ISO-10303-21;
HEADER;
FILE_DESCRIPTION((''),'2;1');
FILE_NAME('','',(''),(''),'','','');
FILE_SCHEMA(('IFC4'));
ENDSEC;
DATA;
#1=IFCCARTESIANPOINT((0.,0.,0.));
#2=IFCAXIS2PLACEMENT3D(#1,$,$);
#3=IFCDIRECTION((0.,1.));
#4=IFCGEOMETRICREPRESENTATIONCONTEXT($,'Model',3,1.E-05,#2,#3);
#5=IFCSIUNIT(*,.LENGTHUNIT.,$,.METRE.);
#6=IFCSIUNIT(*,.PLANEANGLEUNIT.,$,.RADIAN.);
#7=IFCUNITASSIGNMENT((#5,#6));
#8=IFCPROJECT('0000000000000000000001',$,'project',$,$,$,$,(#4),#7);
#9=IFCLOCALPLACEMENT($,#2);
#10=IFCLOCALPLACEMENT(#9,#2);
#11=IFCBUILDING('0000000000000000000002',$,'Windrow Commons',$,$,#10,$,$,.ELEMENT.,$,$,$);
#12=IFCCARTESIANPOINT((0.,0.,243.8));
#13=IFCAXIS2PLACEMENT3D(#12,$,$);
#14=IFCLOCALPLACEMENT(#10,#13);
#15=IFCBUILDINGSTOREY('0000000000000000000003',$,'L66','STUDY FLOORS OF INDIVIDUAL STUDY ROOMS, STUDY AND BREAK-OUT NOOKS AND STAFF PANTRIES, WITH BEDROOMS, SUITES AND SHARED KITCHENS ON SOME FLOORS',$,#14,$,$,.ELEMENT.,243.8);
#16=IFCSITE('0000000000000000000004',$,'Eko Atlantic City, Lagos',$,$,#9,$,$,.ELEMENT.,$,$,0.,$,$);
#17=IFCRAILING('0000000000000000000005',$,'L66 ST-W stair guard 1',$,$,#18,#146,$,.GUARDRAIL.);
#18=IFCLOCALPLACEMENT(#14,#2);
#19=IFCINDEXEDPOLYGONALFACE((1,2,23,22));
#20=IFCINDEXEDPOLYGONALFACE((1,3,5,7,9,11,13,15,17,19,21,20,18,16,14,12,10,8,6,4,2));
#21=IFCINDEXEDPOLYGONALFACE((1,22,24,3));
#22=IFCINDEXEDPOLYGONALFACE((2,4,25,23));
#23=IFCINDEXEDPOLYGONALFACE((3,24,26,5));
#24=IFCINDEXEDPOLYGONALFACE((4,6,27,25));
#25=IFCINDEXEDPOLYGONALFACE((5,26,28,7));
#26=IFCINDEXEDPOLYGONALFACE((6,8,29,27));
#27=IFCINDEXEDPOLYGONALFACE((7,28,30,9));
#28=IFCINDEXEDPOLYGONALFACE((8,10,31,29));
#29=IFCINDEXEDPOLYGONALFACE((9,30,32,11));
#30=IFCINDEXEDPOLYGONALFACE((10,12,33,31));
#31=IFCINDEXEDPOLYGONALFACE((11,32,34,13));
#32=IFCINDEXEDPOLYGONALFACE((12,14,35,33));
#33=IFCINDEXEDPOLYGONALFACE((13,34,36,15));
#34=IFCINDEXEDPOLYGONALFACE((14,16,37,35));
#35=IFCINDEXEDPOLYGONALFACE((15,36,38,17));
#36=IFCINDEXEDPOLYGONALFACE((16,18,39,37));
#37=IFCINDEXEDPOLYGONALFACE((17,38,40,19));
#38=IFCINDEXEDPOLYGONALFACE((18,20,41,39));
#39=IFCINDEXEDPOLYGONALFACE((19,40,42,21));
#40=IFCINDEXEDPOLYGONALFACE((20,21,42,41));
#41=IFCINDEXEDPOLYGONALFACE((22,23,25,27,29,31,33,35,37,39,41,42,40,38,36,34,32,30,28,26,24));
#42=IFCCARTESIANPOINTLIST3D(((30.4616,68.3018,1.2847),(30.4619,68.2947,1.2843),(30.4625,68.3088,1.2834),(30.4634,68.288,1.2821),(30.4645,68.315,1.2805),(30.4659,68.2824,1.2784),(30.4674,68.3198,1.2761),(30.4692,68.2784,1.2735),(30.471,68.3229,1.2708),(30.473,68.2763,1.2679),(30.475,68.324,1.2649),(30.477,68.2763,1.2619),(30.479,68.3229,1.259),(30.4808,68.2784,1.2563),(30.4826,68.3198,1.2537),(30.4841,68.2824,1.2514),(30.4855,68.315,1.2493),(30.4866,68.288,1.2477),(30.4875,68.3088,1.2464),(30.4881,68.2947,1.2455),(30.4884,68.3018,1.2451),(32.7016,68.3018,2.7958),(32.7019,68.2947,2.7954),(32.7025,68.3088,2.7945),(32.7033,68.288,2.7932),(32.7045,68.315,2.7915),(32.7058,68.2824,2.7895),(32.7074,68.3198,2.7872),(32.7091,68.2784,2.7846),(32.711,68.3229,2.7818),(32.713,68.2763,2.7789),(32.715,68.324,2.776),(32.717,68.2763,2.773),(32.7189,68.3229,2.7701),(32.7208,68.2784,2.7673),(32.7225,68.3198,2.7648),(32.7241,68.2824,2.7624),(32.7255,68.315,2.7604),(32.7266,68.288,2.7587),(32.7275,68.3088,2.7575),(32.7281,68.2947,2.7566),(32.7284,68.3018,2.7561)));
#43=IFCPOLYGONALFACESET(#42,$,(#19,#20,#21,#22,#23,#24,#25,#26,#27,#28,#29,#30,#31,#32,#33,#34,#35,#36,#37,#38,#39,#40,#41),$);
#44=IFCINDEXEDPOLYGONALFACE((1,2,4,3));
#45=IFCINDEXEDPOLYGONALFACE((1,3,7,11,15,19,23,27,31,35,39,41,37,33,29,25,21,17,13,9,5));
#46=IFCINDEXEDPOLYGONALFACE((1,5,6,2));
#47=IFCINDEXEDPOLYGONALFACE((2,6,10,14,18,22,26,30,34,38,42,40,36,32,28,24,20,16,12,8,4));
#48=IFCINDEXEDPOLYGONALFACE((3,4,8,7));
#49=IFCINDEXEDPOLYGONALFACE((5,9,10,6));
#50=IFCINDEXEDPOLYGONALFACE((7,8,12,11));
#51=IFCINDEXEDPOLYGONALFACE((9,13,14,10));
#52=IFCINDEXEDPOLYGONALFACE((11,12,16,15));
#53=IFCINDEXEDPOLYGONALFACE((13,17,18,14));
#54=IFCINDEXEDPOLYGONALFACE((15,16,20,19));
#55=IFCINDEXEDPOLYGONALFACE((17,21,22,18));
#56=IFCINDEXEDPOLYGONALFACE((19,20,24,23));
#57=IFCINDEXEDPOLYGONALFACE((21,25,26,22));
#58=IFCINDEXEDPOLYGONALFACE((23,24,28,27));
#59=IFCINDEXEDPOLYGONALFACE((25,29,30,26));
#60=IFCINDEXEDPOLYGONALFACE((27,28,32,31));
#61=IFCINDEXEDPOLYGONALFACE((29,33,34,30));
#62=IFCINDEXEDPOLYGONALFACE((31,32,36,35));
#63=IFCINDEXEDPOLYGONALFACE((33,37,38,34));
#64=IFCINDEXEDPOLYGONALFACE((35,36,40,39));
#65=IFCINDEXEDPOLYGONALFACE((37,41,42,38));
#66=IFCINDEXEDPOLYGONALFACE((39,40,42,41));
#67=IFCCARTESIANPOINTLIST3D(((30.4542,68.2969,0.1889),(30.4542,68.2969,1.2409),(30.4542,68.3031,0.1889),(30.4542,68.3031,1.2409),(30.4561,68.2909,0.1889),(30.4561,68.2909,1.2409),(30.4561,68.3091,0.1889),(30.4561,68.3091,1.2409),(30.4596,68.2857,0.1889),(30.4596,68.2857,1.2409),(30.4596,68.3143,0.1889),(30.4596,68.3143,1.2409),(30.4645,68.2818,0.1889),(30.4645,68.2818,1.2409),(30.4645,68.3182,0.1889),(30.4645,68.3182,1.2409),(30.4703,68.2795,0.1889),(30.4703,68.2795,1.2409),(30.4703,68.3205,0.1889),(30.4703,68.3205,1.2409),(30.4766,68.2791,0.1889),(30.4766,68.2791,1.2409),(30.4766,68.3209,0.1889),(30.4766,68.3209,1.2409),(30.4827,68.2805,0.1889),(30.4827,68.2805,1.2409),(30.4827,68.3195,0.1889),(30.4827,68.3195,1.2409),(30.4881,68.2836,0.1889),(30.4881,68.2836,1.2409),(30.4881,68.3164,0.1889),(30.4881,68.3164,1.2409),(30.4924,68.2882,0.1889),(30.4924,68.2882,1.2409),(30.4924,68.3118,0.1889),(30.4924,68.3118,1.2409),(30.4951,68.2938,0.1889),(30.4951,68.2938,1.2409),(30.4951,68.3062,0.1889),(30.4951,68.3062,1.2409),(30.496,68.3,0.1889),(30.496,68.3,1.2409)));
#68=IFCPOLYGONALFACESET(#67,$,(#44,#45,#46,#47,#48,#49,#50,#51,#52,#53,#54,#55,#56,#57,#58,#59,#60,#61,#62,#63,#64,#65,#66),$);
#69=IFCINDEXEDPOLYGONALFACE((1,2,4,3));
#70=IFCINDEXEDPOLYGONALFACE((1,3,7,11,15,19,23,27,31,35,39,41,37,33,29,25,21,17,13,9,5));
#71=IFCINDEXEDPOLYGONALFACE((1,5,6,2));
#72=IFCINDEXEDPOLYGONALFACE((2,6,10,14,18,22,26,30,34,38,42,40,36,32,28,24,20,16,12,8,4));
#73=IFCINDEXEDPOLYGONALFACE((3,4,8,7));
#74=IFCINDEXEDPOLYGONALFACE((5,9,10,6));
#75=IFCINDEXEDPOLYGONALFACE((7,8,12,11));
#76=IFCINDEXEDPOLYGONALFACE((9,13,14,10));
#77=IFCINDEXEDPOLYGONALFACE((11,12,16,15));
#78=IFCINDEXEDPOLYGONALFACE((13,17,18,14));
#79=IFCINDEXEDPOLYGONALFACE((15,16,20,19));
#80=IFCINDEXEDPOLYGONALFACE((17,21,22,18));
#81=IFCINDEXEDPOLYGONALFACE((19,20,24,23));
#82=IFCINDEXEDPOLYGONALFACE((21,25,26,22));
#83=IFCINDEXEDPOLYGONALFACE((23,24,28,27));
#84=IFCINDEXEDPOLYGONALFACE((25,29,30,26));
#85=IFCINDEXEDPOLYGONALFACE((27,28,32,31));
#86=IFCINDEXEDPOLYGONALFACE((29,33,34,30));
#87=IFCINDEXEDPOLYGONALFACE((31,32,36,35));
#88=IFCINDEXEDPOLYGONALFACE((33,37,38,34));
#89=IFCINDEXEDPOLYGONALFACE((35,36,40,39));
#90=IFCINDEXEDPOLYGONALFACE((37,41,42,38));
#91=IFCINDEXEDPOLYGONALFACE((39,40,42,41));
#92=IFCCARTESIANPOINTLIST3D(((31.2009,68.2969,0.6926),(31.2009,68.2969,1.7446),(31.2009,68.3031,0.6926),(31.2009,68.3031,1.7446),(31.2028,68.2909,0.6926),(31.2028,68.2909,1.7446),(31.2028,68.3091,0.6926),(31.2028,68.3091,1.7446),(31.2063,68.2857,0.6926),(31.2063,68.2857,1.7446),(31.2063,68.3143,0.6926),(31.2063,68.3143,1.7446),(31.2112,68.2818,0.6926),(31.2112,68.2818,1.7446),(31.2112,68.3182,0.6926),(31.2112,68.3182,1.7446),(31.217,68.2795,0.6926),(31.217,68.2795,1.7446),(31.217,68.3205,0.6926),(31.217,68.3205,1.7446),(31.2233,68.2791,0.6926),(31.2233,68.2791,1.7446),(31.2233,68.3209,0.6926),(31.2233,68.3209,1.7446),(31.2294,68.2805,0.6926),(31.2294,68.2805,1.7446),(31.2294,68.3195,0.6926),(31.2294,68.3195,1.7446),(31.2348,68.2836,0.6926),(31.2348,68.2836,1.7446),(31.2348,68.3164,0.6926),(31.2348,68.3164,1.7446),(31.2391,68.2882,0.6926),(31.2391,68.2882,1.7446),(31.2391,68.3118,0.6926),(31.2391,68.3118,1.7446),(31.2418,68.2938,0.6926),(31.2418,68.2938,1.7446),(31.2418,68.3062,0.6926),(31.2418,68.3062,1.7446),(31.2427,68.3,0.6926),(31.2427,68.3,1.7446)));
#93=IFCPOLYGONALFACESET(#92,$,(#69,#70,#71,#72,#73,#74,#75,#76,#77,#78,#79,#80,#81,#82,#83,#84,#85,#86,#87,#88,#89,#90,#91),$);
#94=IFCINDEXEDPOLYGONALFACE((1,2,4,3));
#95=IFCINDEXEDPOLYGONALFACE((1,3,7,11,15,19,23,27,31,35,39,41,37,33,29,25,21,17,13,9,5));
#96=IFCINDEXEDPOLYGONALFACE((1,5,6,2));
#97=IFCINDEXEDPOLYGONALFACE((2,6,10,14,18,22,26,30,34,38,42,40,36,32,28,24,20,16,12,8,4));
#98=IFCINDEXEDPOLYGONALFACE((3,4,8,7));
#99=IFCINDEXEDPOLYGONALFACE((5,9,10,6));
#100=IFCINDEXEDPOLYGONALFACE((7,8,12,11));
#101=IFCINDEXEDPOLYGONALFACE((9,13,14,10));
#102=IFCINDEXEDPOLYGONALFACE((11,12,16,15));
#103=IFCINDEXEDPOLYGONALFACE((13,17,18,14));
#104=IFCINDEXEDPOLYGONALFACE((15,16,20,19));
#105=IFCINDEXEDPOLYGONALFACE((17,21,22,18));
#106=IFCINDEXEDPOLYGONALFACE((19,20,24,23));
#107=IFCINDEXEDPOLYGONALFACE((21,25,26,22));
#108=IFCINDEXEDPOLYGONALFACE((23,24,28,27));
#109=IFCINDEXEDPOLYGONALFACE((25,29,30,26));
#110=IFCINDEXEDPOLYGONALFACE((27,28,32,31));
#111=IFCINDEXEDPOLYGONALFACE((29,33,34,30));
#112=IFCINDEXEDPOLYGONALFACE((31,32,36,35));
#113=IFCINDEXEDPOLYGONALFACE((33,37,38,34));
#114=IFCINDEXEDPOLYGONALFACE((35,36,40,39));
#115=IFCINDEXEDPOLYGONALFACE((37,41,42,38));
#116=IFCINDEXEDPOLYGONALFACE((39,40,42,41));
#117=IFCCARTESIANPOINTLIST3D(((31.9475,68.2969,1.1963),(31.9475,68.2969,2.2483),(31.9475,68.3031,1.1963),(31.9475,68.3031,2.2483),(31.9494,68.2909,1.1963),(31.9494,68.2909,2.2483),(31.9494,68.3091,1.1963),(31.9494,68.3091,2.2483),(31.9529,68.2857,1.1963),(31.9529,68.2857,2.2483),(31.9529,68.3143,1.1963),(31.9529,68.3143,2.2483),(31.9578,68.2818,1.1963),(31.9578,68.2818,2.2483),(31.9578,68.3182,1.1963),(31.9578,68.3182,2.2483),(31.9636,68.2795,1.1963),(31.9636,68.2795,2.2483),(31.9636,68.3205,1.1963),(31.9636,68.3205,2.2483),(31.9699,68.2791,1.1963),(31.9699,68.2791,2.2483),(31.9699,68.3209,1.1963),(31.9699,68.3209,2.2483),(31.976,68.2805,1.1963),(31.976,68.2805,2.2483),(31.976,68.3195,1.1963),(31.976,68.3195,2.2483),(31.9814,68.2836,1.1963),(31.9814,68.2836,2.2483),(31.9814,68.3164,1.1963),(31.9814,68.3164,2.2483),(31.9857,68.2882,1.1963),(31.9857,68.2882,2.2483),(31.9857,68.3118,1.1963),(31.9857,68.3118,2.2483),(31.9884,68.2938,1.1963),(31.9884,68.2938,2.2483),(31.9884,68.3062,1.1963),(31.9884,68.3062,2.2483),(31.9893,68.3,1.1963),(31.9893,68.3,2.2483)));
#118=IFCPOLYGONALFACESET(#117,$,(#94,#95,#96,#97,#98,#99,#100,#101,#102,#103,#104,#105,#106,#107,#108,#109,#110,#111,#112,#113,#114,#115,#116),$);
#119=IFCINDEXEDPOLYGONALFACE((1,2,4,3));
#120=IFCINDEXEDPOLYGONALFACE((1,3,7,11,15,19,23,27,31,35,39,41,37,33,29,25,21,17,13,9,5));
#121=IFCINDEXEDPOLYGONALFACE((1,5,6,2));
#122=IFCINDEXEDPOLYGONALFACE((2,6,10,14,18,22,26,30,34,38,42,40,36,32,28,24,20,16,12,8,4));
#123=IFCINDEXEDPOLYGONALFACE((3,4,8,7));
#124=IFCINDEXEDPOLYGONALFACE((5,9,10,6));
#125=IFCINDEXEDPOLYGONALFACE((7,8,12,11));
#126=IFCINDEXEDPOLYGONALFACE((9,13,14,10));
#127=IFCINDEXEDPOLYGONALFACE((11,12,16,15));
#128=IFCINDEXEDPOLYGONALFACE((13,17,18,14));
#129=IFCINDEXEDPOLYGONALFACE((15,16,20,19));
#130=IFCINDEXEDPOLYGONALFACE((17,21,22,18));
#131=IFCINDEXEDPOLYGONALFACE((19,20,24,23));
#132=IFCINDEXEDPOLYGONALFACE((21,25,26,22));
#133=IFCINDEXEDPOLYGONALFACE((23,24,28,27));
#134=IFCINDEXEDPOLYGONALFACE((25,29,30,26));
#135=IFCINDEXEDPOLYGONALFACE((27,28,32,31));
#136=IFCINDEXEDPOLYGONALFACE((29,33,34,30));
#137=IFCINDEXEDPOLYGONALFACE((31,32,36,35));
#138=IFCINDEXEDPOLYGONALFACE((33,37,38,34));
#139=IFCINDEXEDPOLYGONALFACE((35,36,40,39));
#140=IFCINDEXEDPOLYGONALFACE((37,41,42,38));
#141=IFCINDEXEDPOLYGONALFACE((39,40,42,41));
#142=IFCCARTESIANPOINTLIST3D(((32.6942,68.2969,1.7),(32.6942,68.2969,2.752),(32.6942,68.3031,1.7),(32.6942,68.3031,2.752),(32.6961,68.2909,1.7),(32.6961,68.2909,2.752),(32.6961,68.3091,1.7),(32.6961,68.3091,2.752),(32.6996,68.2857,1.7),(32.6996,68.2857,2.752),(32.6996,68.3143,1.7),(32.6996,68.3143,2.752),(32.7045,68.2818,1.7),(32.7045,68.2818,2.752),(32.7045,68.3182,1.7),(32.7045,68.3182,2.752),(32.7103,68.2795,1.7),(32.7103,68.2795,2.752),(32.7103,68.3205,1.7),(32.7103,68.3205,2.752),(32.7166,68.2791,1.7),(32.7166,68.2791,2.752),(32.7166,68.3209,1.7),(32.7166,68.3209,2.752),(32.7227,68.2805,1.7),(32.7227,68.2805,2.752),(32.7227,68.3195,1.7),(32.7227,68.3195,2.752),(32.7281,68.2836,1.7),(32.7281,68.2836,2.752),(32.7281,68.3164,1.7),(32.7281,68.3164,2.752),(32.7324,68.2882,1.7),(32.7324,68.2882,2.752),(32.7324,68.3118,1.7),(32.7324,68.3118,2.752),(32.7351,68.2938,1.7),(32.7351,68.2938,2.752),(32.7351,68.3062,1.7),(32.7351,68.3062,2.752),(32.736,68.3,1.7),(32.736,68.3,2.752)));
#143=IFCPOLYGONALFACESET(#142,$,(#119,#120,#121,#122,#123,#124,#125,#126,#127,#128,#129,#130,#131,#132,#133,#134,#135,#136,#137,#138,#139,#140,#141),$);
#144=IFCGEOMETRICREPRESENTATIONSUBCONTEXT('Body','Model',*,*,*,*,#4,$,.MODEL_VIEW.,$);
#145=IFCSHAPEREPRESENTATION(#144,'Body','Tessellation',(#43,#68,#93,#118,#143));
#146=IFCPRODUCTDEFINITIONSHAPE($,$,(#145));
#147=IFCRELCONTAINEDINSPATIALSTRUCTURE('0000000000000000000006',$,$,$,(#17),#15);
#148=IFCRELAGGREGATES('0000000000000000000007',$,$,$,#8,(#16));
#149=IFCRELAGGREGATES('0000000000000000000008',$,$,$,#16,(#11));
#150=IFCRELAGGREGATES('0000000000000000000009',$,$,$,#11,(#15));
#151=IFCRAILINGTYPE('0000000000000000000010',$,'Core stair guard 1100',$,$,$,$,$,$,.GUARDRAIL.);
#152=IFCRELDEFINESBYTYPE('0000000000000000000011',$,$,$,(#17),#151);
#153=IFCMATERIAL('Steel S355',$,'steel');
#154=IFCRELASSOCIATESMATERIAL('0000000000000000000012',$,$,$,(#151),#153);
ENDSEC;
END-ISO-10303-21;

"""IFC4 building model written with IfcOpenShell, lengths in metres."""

from ifc_helpers import new_model, si_unit, direction, frame, origin, origin_2d, place, context, subcontext, project, spatial, circle, extrude, material, type_object, element, save


model = new_model("IFC4")

# Units and contexts
model_context = context("Model", 3, precision=1e-05, world=origin(), true_north=direction((0.0, 1.0)))
body_context = subcontext(model_context, "Body", "Model", "MODEL_VIEW")
ifc_project = project(units=[si_unit("LENGTHUNIT", "METRE"), si_unit("PLANEANGLEUNIT", "RADIAN")], contexts=[model_context])

# Site, building, storey
site_placement = place(None, origin())
site = spatial("IfcSite", under=ifc_project, at=site_placement, Name="Eko Atlantic City, Lagos", CompositionType="ELEMENT", RefElevation=0.0)
building_placement = place(site_placement, origin())
building = spatial("IfcBuilding", under=site, at=building_placement, Name="Windrow Commons", CompositionType="ELEMENT")
storey_placement = place(building_placement, frame((0.0, 0.0, 243.8)))
storey = spatial("IfcBuildingStorey", under=building, at=storey_placement, Name="L66", Description="STUDY FLOORS OF INDIVIDUAL STUDY ROOMS, STUDY AND BREAK-OUT NOOKS AND STAFF PANTRIES, WITH BEDROOMS, SUITES AND SHARED KITCHENS ON SOME FLOORS", CompositionType="ELEMENT", Elevation=243.8)

# Railing
ifc_material_1 = material(Name="Steel S355", Category="steel")
railing_type_1 = type_object("IfcRailingType", Name="Core stair guard 1100", PredefinedType="GUARDRAIL", material=ifc_material_1)
railing_1_placement = place(storey_placement, frame((30.475, 68.3, 0.1889)))
element("IfcRailing", 1, at=railing_1_placement, inside=storey, type_object=railing_type_1, Name="L66 ST-W stair guard 1", PredefinedType="GUARDRAIL", context=body_context, shape_type="SweptSolid", body=[
    extrude(circle(Radius=0.024, at=origin_2d()), frame((0.0, 0.0, 1.076), z_axis=(0.829003, 0.0, 0.559244), x_axis=(0.0, 1.0, 0.0)), (0.0, 0.0, 1.0), 2.702),
    extrude(circle(Radius=0.021, at=origin_2d()), origin(), (0.0, 0.0, 1.0), 1.052),
    extrude(circle(Radius=0.021, at=origin_2d()), frame((0.7467, 0.0, 0.5037)), (0.0, 0.0, 1.0), 1.052),
    extrude(circle(Radius=0.021, at=origin_2d()), frame((1.4933, 0.0, 1.0074)), (0.0, 0.0, 1.0), 1.052),
    extrude(circle(Radius=0.021, at=origin_2d()), frame((2.24, 0.0, 1.5111)), (0.0, 0.0, 1.0), 1.052),
])

save(model, "model.ifc")
